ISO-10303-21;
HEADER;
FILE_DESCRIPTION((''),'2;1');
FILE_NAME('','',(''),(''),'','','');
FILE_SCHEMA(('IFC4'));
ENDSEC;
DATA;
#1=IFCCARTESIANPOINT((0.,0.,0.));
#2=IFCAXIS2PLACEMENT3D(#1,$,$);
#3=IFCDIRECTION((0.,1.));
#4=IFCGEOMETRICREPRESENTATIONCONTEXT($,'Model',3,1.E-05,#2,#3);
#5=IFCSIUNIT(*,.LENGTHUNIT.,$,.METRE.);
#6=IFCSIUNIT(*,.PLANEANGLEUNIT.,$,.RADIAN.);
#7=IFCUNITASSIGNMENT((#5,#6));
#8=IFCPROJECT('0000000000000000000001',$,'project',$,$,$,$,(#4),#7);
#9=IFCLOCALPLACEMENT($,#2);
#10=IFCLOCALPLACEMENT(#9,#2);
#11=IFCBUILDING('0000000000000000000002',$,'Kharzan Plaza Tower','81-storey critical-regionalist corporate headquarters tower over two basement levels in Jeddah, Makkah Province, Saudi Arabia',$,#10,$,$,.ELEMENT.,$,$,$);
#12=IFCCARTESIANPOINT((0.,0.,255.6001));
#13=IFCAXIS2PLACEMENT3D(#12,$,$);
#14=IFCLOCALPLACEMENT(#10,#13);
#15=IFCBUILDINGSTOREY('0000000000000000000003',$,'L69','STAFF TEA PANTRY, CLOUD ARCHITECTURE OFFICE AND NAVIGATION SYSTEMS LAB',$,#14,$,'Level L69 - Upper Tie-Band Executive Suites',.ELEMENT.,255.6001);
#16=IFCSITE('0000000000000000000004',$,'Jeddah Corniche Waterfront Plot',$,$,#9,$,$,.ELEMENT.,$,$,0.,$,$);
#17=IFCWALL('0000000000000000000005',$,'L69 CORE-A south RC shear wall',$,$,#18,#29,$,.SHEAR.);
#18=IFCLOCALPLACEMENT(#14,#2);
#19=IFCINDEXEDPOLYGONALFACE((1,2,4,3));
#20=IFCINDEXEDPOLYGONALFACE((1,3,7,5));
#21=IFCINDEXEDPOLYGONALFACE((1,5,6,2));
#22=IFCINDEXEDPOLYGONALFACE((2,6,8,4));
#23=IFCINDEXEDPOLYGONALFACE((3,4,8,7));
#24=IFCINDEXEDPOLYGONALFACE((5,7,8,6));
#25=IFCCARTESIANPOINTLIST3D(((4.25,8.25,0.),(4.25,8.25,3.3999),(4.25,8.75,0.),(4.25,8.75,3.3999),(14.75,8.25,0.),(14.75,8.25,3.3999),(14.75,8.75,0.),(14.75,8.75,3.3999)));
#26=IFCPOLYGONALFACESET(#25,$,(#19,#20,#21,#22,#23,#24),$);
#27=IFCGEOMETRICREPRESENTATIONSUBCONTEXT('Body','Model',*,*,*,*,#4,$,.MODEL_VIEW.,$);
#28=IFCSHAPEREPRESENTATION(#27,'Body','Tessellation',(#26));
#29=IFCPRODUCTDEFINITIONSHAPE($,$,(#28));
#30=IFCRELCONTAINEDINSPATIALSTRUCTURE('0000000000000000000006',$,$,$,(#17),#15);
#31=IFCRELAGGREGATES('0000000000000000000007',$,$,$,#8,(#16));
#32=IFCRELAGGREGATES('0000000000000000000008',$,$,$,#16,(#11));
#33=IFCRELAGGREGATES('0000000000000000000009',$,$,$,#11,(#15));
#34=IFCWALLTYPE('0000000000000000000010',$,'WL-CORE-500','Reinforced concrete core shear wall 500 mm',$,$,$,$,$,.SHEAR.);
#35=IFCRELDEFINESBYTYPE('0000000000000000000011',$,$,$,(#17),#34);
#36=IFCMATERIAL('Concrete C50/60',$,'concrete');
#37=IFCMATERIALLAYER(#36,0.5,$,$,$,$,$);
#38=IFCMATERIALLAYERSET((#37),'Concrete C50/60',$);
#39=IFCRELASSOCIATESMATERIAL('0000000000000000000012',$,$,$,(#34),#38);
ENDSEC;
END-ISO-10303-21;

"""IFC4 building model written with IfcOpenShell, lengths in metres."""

from ifc_helpers import new_model, si_unit, direction, frame, frame_2d, origin, place, context, subcontext, project, spatial, rectangle, extrude, source, transform, mapped, material, layer, layer_set, type_object, element, save


model = new_model("IFC4")

# Units and contexts
model_context = context("Model", 3, precision=1e-05, world=origin(), true_north=direction((0.0, 1.0)))
body_context = subcontext(model_context, "Body", "Model", "MODEL_VIEW")
ifc_project = project(units=[si_unit("LENGTHUNIT", "METRE"), si_unit("PLANEANGLEUNIT", "RADIAN")], contexts=[model_context])

# Site, building, storey
site_placement = place(None, origin())
site = spatial("IfcSite", under=ifc_project, at=site_placement, Name="Jeddah Corniche Waterfront Plot", CompositionType="ELEMENT", RefElevation=0.0)
building_placement = place(site_placement, origin())
building = spatial("IfcBuilding", under=site, at=building_placement, Name="Kharzan Plaza Tower", Description="81-storey critical-regionalist corporate headquarters tower over two basement levels in Jeddah, Makkah Province, Saudi Arabia", CompositionType="ELEMENT")
storey_placement = place(building_placement, frame((0.0, 0.0, 255.6001)))
storey = spatial("IfcBuildingStorey", under=building, at=storey_placement, Name="L69", Description="STAFF TEA PANTRY, CLOUD ARCHITECTURE OFFICE AND NAVIGATION SYSTEMS LAB", LongName="Level L69 - Upper Tie-Band Executive Suites", CompositionType="ELEMENT", Elevation=255.6001)

# Shared definitions
ifc_material_1 = material(Name="Concrete C50/60", Category="concrete")

# Wall
ifc_layer_1 = layer(ifc_material_1, 0.5)
ifc_layer_set_1 = layer_set([ifc_layer_1], Name="Concrete C50/60")
wall_type_1 = type_object("IfcWallType", Name="WL-CORE-500", Description="Reinforced concrete core shear wall 500 mm", PredefinedType="SHEAR", material=ifc_layer_set_1)
shared_shape_1 = source(origin(), body_context, "Body", "SweptSolid", [
    extrude(rectangle(XDim=10.5, YDim=0.5, at=frame_2d((5.25, 0.0))), origin(), (0.0, 0.0, 1.0), 3.3999),
])
wall_1_placement = place(storey_placement, frame((4.25, 8.5, 0.0), z_axis=(0.0, 0.0, 1.0), x_axis=(1.0, 0.0, 0.0)))
element("IfcWall", 1, at=wall_1_placement, inside=storey, type_object=wall_type_1, Name="L69 CORE-A south RC shear wall", PredefinedType="SHEAR", context=body_context, shape_type="MappedRepresentation", body=[
    mapped(shared_shape_1, transform((0.0, 0.0, 0.0), x_axis=(1.0, 0.0, 0.0), y_axis=(0.0, 1.0, 0.0), z_axis=(0.0, 0.0, 1.0))),
])

save(model, "model.ifc")
